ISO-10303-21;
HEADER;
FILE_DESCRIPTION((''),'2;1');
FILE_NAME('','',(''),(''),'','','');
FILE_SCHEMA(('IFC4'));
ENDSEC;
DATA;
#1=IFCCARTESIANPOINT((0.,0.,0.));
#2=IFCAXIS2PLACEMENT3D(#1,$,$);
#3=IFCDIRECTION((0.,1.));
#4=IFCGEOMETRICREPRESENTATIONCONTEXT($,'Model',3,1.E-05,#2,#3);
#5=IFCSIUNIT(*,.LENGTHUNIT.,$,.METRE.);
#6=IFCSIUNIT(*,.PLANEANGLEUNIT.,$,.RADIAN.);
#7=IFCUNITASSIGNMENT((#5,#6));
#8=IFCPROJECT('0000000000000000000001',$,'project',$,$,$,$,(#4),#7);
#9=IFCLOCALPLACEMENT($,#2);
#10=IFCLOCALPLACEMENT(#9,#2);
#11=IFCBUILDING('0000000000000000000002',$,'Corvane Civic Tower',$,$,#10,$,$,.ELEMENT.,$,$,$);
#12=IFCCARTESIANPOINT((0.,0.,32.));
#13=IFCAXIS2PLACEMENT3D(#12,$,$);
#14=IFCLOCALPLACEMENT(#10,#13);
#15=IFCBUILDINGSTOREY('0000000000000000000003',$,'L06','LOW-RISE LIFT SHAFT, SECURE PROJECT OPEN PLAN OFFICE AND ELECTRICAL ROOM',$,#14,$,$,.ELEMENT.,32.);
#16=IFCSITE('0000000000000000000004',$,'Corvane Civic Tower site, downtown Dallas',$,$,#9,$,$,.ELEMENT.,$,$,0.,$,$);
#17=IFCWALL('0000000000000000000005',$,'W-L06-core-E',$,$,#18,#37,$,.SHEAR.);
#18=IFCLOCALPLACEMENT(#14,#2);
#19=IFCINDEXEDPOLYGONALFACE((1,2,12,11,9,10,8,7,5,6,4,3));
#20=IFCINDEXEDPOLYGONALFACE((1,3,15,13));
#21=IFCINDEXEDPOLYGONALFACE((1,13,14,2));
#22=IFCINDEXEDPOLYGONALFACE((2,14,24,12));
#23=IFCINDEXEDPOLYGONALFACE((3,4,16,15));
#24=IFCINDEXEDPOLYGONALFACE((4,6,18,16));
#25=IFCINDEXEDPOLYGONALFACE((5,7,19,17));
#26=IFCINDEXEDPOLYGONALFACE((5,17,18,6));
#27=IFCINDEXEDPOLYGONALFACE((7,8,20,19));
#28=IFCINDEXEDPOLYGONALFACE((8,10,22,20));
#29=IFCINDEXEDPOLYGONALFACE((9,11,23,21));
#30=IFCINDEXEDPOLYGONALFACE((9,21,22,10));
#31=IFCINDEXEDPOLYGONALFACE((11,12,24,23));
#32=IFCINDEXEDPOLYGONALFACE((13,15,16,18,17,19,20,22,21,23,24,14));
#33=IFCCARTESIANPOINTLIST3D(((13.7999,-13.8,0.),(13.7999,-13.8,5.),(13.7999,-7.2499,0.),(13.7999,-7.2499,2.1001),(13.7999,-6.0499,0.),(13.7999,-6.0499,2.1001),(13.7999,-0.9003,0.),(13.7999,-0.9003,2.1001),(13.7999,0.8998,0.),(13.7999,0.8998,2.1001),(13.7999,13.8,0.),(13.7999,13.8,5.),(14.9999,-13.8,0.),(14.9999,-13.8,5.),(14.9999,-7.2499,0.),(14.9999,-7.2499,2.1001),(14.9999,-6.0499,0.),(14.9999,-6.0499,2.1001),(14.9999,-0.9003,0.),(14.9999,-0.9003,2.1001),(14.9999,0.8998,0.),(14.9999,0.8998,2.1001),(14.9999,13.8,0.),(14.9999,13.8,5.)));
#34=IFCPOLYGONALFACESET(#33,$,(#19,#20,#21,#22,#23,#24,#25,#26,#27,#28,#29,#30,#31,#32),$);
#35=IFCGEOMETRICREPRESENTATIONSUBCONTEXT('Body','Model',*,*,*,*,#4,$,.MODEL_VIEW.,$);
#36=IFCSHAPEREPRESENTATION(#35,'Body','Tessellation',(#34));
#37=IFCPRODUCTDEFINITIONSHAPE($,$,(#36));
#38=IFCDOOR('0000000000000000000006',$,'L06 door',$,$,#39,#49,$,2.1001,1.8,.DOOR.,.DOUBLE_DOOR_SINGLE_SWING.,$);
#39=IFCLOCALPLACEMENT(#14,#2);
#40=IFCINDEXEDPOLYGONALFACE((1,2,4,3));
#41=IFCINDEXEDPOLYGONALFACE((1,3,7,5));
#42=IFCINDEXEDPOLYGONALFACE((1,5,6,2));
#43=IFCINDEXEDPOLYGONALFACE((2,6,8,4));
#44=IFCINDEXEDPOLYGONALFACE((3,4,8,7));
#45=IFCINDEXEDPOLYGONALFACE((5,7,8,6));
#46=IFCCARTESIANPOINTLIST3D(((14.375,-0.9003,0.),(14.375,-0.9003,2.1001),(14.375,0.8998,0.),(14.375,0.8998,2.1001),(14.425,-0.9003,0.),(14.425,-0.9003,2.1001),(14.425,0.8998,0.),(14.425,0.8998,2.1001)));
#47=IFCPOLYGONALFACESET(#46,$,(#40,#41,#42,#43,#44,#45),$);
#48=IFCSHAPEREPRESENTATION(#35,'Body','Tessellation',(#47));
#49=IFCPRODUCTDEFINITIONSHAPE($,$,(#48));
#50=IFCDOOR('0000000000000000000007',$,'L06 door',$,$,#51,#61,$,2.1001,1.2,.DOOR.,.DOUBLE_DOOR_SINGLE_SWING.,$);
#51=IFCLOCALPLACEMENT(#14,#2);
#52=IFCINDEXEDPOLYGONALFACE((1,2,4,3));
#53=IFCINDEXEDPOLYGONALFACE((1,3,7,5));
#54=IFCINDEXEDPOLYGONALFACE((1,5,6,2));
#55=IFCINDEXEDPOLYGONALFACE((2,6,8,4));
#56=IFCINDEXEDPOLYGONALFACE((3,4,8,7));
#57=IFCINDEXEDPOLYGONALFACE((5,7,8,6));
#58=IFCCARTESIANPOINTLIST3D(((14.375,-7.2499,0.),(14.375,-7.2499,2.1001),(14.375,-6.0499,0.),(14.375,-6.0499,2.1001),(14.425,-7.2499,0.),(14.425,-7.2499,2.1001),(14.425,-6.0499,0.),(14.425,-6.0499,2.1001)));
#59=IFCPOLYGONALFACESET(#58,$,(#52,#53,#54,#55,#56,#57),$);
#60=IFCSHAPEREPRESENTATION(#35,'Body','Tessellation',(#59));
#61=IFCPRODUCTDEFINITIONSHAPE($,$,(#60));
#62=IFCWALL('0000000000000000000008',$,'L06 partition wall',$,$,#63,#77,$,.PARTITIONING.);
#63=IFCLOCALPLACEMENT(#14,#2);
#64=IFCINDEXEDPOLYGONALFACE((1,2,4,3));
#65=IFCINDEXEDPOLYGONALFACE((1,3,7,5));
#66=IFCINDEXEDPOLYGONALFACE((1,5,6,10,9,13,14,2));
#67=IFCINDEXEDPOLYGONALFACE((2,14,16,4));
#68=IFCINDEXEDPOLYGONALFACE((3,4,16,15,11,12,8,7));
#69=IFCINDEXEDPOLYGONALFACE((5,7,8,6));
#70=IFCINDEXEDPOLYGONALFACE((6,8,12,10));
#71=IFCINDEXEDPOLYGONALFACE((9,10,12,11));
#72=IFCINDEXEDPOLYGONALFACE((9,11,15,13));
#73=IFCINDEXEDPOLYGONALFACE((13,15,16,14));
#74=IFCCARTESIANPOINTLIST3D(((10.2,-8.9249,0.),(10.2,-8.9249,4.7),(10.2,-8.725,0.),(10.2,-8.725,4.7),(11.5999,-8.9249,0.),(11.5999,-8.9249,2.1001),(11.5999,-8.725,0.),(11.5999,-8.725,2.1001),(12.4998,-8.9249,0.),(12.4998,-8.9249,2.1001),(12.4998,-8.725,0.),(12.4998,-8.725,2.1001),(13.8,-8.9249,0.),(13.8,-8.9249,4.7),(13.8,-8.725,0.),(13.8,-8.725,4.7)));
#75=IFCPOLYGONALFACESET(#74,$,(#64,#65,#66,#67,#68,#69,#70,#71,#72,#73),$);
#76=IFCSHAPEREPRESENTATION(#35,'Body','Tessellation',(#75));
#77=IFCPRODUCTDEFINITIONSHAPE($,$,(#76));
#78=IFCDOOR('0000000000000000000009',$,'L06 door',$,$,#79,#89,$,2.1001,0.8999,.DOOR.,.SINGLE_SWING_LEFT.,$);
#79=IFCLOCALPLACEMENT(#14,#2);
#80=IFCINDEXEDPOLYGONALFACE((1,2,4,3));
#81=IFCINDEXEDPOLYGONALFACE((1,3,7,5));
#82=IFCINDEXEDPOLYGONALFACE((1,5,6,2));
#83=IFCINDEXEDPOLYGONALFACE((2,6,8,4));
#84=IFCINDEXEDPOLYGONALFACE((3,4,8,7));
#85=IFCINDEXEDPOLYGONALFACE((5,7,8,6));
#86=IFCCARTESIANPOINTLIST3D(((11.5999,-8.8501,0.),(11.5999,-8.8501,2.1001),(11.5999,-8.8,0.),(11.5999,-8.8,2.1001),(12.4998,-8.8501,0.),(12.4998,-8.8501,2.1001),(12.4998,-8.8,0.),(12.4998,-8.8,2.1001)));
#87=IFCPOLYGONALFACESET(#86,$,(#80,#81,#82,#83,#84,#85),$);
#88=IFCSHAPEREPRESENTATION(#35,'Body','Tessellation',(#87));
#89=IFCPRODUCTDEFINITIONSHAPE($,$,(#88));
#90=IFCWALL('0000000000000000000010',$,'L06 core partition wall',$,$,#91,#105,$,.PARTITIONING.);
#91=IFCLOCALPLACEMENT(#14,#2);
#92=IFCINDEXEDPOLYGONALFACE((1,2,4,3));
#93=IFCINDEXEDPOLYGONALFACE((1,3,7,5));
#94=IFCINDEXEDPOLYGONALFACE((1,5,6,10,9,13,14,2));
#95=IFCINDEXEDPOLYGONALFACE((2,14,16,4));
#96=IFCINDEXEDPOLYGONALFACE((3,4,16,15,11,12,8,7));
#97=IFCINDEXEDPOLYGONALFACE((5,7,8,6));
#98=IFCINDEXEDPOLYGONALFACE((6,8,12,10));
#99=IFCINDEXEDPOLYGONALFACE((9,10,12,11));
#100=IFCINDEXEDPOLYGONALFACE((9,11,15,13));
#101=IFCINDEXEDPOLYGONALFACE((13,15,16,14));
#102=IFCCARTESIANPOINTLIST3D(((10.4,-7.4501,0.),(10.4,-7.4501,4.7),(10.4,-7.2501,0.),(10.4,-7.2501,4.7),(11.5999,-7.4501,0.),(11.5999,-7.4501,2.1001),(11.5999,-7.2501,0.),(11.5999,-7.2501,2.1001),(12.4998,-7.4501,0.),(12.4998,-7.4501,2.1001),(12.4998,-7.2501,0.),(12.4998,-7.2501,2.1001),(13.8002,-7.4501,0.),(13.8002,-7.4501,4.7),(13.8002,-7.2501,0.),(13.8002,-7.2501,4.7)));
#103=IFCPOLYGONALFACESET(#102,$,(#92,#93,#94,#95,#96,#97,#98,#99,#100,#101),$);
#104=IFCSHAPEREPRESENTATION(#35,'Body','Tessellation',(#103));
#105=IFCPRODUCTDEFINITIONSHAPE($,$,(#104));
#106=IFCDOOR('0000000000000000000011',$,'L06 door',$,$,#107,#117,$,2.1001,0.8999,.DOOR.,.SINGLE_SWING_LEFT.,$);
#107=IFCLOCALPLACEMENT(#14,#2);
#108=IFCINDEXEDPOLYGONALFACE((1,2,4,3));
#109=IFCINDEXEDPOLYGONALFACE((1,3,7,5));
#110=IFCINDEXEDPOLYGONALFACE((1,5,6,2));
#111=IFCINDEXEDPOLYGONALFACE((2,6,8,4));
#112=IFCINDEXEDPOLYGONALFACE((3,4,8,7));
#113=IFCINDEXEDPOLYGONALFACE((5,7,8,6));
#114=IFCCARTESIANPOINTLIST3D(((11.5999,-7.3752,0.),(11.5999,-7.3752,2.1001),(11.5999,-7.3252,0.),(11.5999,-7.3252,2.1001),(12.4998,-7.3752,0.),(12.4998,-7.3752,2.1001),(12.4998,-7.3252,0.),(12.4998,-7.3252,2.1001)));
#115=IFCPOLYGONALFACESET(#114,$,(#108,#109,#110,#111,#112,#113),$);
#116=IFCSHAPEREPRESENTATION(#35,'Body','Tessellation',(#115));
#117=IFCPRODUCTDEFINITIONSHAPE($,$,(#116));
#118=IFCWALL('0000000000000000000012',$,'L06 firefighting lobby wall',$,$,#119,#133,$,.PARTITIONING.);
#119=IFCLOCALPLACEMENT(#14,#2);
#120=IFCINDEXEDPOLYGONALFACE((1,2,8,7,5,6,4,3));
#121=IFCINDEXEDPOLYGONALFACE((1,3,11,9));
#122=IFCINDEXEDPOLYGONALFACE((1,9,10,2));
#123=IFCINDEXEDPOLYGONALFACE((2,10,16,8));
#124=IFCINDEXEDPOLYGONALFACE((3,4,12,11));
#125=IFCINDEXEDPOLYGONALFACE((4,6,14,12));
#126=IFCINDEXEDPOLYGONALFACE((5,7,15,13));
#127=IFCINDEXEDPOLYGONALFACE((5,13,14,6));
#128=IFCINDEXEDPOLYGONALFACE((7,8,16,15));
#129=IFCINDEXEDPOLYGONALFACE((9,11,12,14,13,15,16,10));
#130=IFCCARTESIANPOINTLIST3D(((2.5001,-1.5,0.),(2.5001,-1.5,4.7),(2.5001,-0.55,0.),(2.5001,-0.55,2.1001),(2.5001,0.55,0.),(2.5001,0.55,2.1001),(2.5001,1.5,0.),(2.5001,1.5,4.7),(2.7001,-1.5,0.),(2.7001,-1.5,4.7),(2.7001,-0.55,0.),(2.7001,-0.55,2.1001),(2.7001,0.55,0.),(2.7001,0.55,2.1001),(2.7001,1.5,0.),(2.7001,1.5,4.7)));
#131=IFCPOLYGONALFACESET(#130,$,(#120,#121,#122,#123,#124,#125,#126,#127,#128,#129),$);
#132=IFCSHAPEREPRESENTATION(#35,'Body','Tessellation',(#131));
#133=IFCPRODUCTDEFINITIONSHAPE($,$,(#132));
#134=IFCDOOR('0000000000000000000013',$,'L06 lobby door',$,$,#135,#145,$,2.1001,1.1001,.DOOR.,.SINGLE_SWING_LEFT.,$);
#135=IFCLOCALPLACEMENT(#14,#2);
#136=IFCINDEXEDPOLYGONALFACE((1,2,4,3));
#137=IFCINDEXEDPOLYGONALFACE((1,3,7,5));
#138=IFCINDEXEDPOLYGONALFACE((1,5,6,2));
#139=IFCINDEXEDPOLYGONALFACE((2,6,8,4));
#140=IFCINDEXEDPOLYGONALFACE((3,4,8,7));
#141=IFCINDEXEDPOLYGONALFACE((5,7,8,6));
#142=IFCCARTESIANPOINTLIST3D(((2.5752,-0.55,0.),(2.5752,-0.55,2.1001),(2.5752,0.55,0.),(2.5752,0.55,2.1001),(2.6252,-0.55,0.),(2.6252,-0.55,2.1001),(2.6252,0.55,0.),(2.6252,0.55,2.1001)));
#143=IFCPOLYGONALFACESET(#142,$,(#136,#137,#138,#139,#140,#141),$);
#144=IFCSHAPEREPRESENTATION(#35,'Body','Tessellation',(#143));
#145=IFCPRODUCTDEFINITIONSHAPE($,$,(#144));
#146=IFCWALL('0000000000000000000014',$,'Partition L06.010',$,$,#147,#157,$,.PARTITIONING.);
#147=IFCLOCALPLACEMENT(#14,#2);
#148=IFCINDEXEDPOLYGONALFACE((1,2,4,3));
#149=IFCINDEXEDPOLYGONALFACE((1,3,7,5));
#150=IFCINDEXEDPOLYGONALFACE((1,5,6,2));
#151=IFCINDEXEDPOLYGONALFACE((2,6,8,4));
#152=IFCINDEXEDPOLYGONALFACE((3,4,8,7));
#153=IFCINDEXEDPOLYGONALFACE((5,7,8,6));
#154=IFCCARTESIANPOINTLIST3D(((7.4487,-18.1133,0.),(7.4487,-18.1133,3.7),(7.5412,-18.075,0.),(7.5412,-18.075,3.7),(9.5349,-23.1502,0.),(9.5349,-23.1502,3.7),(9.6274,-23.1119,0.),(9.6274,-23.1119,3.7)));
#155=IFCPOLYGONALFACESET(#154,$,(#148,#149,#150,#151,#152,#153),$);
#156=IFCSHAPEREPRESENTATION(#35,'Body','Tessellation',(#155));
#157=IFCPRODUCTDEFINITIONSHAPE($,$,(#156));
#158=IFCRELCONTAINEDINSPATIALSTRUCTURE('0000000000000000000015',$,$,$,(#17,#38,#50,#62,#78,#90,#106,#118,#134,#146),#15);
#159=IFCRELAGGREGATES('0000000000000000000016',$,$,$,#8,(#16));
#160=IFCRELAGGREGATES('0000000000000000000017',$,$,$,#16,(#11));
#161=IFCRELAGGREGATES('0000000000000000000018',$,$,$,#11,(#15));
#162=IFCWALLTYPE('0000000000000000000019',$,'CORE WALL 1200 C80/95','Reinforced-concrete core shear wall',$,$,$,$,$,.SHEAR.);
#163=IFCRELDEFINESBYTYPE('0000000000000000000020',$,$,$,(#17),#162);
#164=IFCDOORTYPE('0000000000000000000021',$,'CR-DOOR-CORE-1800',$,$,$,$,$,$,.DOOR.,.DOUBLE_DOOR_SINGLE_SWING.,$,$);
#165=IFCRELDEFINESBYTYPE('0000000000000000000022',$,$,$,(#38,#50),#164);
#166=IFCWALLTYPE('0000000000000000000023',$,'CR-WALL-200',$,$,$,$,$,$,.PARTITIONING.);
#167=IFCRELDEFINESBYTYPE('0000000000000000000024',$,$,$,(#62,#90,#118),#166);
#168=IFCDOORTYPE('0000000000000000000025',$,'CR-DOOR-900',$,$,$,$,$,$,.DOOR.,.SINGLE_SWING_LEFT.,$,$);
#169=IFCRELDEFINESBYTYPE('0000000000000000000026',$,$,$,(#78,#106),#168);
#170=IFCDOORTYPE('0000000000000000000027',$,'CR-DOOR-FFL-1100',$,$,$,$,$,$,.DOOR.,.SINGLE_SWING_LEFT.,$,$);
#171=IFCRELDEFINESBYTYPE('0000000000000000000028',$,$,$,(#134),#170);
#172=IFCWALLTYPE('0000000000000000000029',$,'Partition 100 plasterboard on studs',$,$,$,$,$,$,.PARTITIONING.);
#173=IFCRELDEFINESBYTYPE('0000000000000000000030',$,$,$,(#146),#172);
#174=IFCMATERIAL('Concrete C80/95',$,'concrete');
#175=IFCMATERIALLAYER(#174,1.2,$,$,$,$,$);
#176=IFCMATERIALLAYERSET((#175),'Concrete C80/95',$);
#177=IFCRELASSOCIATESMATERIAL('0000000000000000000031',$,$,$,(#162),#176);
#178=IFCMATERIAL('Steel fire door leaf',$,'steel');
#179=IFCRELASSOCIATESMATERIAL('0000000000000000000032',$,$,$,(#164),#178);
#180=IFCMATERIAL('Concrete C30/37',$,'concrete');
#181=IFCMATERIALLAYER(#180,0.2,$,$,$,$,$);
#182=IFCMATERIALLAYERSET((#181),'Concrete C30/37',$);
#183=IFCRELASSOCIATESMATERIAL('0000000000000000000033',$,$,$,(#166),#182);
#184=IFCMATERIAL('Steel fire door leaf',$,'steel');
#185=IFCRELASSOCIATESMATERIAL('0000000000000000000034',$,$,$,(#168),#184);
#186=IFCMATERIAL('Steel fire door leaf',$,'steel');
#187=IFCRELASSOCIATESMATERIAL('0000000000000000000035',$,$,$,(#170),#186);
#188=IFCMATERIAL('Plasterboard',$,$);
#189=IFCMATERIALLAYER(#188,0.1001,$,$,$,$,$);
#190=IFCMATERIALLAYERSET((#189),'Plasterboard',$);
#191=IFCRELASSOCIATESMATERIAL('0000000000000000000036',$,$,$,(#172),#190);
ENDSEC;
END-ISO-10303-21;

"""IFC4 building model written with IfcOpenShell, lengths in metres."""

from ifc_helpers import new_model, si_unit, direction, frame, frame_2d, origin, place, context, subcontext, project, spatial, rectangle, extrude, material, layer, layer_set, type_object, element, fill, save


model = new_model("IFC4")

# Units and contexts
model_context = context("Model", 3, precision=1e-05, world=origin(), true_north=direction((0.0, 1.0)))
body_context = subcontext(model_context, "Body", "Model", "MODEL_VIEW")
ifc_project = project(units=[si_unit("LENGTHUNIT", "METRE"), si_unit("PLANEANGLEUNIT", "RADIAN")], contexts=[model_context])

# Site, building, storey
site_placement = place(None, origin())
site = spatial("IfcSite", under=ifc_project, at=site_placement, Name="Corvane Civic Tower site, downtown Dallas", CompositionType="ELEMENT", RefElevation=0.0)
building_placement = place(site_placement, origin())
building = spatial("IfcBuilding", under=site, at=building_placement, Name="Corvane Civic Tower", CompositionType="ELEMENT")
storey_placement = place(building_placement, frame((0.0, 0.0, 32.0)))
storey = spatial("IfcBuildingStorey", under=building, at=storey_placement, Name="L06", Description="LOW-RISE LIFT SHAFT, SECURE PROJECT OPEN PLAN OFFICE AND ELECTRICAL ROOM", CompositionType="ELEMENT", Elevation=32.0)

# Wall, openings, doors
ifc_material_1 = material(Name="Concrete C80/95", Category="concrete")
ifc_layer_1 = layer(ifc_material_1, 1.2)
ifc_layer_set_1 = layer_set([ifc_layer_1], Name="Concrete C80/95")
wall_type_1 = type_object("IfcWallType", Name="CORE WALL 1200 C80/95", Description="Reinforced-concrete core shear wall", PredefinedType="SHEAR", material=ifc_layer_set_1)
wall_1_placement = place(storey_placement, frame((14.3999, -13.8, 0.0), z_axis=(0.0, 0.0, 1.0), x_axis=(0.0, 1.0, 0.0)))
wall_1 = element("IfcWall", 1, at=wall_1_placement, inside=storey, type_object=wall_type_1, Name="W-L06-core-E", PredefinedType="SHEAR", context=body_context, shape_type="SweptSolid", body=[
    extrude(rectangle(XDim=27.6001, YDim=1.2, at=frame_2d((13.8, 0.0))), origin(), (0.0, 0.0, 1.0), 5.0),
])
opening_1_placement = place(wall_1_placement, frame((12.8999, 0.0, 0.0)))
opening_1 = element("IfcOpeningElement", 2, at=opening_1_placement, cuts=wall_1, PredefinedType="OPENING", context=body_context, shape_type="SweptSolid", body=[
    extrude(rectangle(XDim=1.8, YDim=2.1001, at=frame_2d((0.8999, 1.05))), frame((0.0, 0.6099, 0.0), z_axis=(0.0, -1.0, 0.0), x_axis=(1.0, 0.0, 0.0)), (0.0, 0.0, 1.0), 1.22),
])
opening_2_placement = place(wall_1_placement, frame((6.55, 0.0, 0.0)))
opening_2 = element("IfcOpeningElement", 3, at=opening_2_placement, cuts=wall_1, PredefinedType="OPENING", context=body_context, shape_type="SweptSolid", body=[
    extrude(rectangle(XDim=1.2, YDim=2.1001, at=frame_2d((0.6001, 1.05))), frame((0.0, 0.6099, 0.0), z_axis=(0.0, -1.0, 0.0), x_axis=(1.0, 0.0, 0.0)), (0.0, 0.0, 1.0), 1.22),
])
ifc_material_2 = material(Name="Steel fire door leaf", Category="steel")
door_type_1 = type_object("IfcDoorType", Name="CR-DOOR-CORE-1800", OperationType="DOUBLE_DOOR_SINGLE_SWING", PredefinedType="DOOR", material=ifc_material_2)
door_1_placement = place(opening_1_placement, origin())
door_1 = element("IfcDoor", 4, at=door_1_placement, inside=storey, type_object=door_type_1, Name="L06 door", OperationType="DOUBLE_DOOR_SINGLE_SWING", OverallHeight=2.1001, OverallWidth=1.8, PredefinedType="DOOR", context=body_context, shape_type="SweptSolid", body=[
    extrude(rectangle(XDim=1.8, YDim=2.1001, at=frame_2d((0.8999, 1.05))), frame((0.0, 0.0249, 0.0), z_axis=(0.0, -1.0, 0.0), x_axis=(1.0, 0.0, 0.0)), (0.0, 0.0, 1.0), 0.05),
])
fill(opening_1, door_1)
door_2_placement = place(opening_2_placement, origin())
door_2 = element("IfcDoor", 5, at=door_2_placement, inside=storey, type_object=door_type_1, Name="L06 door", OperationType="DOUBLE_DOOR_SINGLE_SWING", OverallHeight=2.1001, OverallWidth=1.2, PredefinedType="DOOR", context=body_context, shape_type="SweptSolid", body=[
    extrude(rectangle(XDim=1.2, YDim=2.1001, at=frame_2d((0.6001, 1.05))), frame((0.0, 0.0249, 0.0), z_axis=(0.0, -1.0, 0.0), x_axis=(1.0, 0.0, 0.0)), (0.0, 0.0, 1.0), 0.05),
])
fill(opening_2, door_2)

# Walls, openings, doors
ifc_material_3 = material(Name="Concrete C30/37", Category="concrete")
ifc_layer_2 = layer(ifc_material_3, 0.2)
ifc_layer_set_2 = layer_set([ifc_layer_2], Name="Concrete C30/37")
wall_type_2 = type_object("IfcWallType", Name="CR-WALL-200", PredefinedType="PARTITIONING", material=ifc_layer_set_2)
wall_2_placement = place(storey_placement, frame((10.2, -8.825, 0.0), z_axis=(0.0, 0.0, 1.0), x_axis=(1.0, 0.0, 0.0)))
wall_2 = element("IfcWall", 6, at=wall_2_placement, inside=storey, type_object=wall_type_2, Name="L06 partition wall", PredefinedType="PARTITIONING", context=body_context, shape_type="SweptSolid", body=[
    extrude(rectangle(XDim=3.6001, YDim=0.2, at=frame_2d((1.8, 0.0))), origin(), (0.0, 0.0, 1.0), 4.7),
])
opening_3_placement = place(wall_2_placement, frame((1.3999, 0.0, 0.0)))
opening_3 = element("IfcOpeningElement", 7, at=opening_3_placement, cuts=wall_2, PredefinedType="OPENING", context=body_context, shape_type="SweptSolid", body=[
    extrude(rectangle(XDim=0.8999, YDim=2.1001, at=frame_2d((0.45, 1.05))), frame((0.0, 0.1099, 0.0), z_axis=(0.0, -1.0, 0.0), x_axis=(1.0, 0.0, 0.0)), (0.0, 0.0, 1.0), 0.22),
])
ifc_material_4 = material(Name="Steel fire door leaf", Category="steel")
door_type_2 = type_object("IfcDoorType", Name="CR-DOOR-900", OperationType="SINGLE_SWING_LEFT", PredefinedType="DOOR", material=ifc_material_4)
door_3_placement = place(opening_3_placement, origin())
door_3 = element("IfcDoor", 8, at=door_3_placement, inside=storey, type_object=door_type_2, Name="L06 door", OperationType="SINGLE_SWING_LEFT", OverallHeight=2.1001, OverallWidth=0.8999, PredefinedType="DOOR", context=body_context, shape_type="SweptSolid", body=[
    extrude(rectangle(XDim=0.8999, YDim=2.1001, at=frame_2d((0.45, 1.05))), frame((0.0, 0.0249, 0.0), z_axis=(0.0, -1.0, 0.0), x_axis=(1.0, 0.0, 0.0)), (0.0, 0.0, 1.0), 0.05),
])
fill(opening_3, door_3)
wall_3_placement = place(storey_placement, frame((10.3999, -7.3501, 0.0), z_axis=(0.0, 0.0, 1.0), x_axis=(1.0, 0.0, 0.0)))
wall_3 = element("IfcWall", 9, at=wall_3_placement, inside=storey, type_object=wall_type_2, Name="L06 core partition wall", PredefinedType="PARTITIONING", context=body_context, shape_type="SweptSolid", body=[
    extrude(rectangle(XDim=3.4001, YDim=0.2, at=frame_2d((1.7002, 0.0))), origin(), (0.0, 0.0, 1.0), 4.7),
])
opening_4_placement = place(wall_3_placement, frame((1.2, 0.0, 0.0)))
opening_4 = element("IfcOpeningElement", 10, at=opening_4_placement, cuts=wall_3, PredefinedType="OPENING", context=body_context, shape_type="SweptSolid", body=[
    extrude(rectangle(XDim=0.8999, YDim=2.1001, at=frame_2d((0.45, 1.05))), frame((0.0, 0.1099, 0.0), z_axis=(0.0, -1.0, 0.0), x_axis=(1.0, 0.0, 0.0)), (0.0, 0.0, 1.0), 0.22),
])
door_4_placement = place(opening_4_placement, origin())
door_4 = element("IfcDoor", 11, at=door_4_placement, inside=storey, type_object=door_type_2, Name="L06 door", OperationType="SINGLE_SWING_LEFT", OverallHeight=2.1001, OverallWidth=0.8999, PredefinedType="DOOR", context=body_context, shape_type="SweptSolid", body=[
    extrude(rectangle(XDim=0.8999, YDim=2.1001, at=frame_2d((0.45, 1.05))), frame((0.0, 0.0249, 0.0), z_axis=(0.0, -1.0, 0.0), x_axis=(1.0, 0.0, 0.0)), (0.0, 0.0, 1.0), 0.05),
])
fill(opening_4, door_4)
wall_4_placement = place(storey_placement, frame((2.6001, -1.5, 0.0), z_axis=(0.0, 0.0, 1.0), x_axis=(0.0, 1.0, 0.0)))
wall_4 = element("IfcWall", 12, at=wall_4_placement, inside=storey, type_object=wall_type_2, Name="L06 firefighting lobby wall", PredefinedType="PARTITIONING", context=body_context, shape_type="SweptSolid", body=[
    extrude(rectangle(XDim=3.0, YDim=0.2, at=frame_2d((1.5, 0.0))), origin(), (0.0, 0.0, 1.0), 4.7),
])
opening_5_placement = place(wall_4_placement, frame((0.95, 0.0, 0.0)))
opening_5 = element("IfcOpeningElement", 13, at=opening_5_placement, cuts=wall_4, PredefinedType="OPENING", context=body_context, shape_type="SweptSolid", body=[
    extrude(rectangle(XDim=1.1001, YDim=2.1001, at=frame_2d((0.55, 1.05))), frame((0.0, 0.1099, 0.0), z_axis=(0.0, -1.0, 0.0), x_axis=(1.0, 0.0, 0.0)), (0.0, 0.0, 1.0), 0.22),
])
ifc_material_5 = material(Name="Steel fire door leaf", Category="steel")
door_type_3 = type_object("IfcDoorType", Name="CR-DOOR-FFL-1100", OperationType="SINGLE_SWING_LEFT", PredefinedType="DOOR", material=ifc_material_5)
door_5_placement = place(opening_5_placement, origin())
door_5 = element("IfcDoor", 14, at=door_5_placement, inside=storey, type_object=door_type_3, Name="L06 lobby door", OperationType="SINGLE_SWING_LEFT", OverallHeight=2.1001, OverallWidth=1.1001, PredefinedType="DOOR", context=body_context, shape_type="SweptSolid", body=[
    extrude(rectangle(XDim=1.1001, YDim=2.1001, at=frame_2d((0.55, 1.05))), frame((0.0, 0.0249, 0.0), z_axis=(0.0, -1.0, 0.0), x_axis=(1.0, 0.0, 0.0)), (0.0, 0.0, 1.0), 0.05),
])
fill(opening_5, door_5)

# Wall
ifc_material_6 = material(Name="Plasterboard")
ifc_layer_3 = layer(ifc_material_6, 0.1001)
ifc_layer_set_3 = layer_set([ifc_layer_3], Name="Plasterboard")
wall_type_3 = type_object("IfcWallType", Name="Partition 100 plasterboard on studs", PredefinedType="PARTITIONING", material=ifc_layer_set_3)
wall_5_placement = place(storey_placement, frame((7.4949, -18.094, 0.0), z_axis=(0.0, 0.0, 1.0), x_axis=(0.382659, -0.92389, 0.0)))
element("IfcWall", 15, at=wall_5_placement, inside=storey, type_object=wall_type_3, Name="Partition L06.010", PredefinedType="PARTITIONING", context=body_context, shape_type="SweptSolid", body=[
    extrude(rectangle(XDim=5.4519, YDim=0.1001, at=frame_2d((2.7261, 0.0))), origin(), (0.0, 0.0, 1.0), 3.7),
])

save(model, "model.ifc")
